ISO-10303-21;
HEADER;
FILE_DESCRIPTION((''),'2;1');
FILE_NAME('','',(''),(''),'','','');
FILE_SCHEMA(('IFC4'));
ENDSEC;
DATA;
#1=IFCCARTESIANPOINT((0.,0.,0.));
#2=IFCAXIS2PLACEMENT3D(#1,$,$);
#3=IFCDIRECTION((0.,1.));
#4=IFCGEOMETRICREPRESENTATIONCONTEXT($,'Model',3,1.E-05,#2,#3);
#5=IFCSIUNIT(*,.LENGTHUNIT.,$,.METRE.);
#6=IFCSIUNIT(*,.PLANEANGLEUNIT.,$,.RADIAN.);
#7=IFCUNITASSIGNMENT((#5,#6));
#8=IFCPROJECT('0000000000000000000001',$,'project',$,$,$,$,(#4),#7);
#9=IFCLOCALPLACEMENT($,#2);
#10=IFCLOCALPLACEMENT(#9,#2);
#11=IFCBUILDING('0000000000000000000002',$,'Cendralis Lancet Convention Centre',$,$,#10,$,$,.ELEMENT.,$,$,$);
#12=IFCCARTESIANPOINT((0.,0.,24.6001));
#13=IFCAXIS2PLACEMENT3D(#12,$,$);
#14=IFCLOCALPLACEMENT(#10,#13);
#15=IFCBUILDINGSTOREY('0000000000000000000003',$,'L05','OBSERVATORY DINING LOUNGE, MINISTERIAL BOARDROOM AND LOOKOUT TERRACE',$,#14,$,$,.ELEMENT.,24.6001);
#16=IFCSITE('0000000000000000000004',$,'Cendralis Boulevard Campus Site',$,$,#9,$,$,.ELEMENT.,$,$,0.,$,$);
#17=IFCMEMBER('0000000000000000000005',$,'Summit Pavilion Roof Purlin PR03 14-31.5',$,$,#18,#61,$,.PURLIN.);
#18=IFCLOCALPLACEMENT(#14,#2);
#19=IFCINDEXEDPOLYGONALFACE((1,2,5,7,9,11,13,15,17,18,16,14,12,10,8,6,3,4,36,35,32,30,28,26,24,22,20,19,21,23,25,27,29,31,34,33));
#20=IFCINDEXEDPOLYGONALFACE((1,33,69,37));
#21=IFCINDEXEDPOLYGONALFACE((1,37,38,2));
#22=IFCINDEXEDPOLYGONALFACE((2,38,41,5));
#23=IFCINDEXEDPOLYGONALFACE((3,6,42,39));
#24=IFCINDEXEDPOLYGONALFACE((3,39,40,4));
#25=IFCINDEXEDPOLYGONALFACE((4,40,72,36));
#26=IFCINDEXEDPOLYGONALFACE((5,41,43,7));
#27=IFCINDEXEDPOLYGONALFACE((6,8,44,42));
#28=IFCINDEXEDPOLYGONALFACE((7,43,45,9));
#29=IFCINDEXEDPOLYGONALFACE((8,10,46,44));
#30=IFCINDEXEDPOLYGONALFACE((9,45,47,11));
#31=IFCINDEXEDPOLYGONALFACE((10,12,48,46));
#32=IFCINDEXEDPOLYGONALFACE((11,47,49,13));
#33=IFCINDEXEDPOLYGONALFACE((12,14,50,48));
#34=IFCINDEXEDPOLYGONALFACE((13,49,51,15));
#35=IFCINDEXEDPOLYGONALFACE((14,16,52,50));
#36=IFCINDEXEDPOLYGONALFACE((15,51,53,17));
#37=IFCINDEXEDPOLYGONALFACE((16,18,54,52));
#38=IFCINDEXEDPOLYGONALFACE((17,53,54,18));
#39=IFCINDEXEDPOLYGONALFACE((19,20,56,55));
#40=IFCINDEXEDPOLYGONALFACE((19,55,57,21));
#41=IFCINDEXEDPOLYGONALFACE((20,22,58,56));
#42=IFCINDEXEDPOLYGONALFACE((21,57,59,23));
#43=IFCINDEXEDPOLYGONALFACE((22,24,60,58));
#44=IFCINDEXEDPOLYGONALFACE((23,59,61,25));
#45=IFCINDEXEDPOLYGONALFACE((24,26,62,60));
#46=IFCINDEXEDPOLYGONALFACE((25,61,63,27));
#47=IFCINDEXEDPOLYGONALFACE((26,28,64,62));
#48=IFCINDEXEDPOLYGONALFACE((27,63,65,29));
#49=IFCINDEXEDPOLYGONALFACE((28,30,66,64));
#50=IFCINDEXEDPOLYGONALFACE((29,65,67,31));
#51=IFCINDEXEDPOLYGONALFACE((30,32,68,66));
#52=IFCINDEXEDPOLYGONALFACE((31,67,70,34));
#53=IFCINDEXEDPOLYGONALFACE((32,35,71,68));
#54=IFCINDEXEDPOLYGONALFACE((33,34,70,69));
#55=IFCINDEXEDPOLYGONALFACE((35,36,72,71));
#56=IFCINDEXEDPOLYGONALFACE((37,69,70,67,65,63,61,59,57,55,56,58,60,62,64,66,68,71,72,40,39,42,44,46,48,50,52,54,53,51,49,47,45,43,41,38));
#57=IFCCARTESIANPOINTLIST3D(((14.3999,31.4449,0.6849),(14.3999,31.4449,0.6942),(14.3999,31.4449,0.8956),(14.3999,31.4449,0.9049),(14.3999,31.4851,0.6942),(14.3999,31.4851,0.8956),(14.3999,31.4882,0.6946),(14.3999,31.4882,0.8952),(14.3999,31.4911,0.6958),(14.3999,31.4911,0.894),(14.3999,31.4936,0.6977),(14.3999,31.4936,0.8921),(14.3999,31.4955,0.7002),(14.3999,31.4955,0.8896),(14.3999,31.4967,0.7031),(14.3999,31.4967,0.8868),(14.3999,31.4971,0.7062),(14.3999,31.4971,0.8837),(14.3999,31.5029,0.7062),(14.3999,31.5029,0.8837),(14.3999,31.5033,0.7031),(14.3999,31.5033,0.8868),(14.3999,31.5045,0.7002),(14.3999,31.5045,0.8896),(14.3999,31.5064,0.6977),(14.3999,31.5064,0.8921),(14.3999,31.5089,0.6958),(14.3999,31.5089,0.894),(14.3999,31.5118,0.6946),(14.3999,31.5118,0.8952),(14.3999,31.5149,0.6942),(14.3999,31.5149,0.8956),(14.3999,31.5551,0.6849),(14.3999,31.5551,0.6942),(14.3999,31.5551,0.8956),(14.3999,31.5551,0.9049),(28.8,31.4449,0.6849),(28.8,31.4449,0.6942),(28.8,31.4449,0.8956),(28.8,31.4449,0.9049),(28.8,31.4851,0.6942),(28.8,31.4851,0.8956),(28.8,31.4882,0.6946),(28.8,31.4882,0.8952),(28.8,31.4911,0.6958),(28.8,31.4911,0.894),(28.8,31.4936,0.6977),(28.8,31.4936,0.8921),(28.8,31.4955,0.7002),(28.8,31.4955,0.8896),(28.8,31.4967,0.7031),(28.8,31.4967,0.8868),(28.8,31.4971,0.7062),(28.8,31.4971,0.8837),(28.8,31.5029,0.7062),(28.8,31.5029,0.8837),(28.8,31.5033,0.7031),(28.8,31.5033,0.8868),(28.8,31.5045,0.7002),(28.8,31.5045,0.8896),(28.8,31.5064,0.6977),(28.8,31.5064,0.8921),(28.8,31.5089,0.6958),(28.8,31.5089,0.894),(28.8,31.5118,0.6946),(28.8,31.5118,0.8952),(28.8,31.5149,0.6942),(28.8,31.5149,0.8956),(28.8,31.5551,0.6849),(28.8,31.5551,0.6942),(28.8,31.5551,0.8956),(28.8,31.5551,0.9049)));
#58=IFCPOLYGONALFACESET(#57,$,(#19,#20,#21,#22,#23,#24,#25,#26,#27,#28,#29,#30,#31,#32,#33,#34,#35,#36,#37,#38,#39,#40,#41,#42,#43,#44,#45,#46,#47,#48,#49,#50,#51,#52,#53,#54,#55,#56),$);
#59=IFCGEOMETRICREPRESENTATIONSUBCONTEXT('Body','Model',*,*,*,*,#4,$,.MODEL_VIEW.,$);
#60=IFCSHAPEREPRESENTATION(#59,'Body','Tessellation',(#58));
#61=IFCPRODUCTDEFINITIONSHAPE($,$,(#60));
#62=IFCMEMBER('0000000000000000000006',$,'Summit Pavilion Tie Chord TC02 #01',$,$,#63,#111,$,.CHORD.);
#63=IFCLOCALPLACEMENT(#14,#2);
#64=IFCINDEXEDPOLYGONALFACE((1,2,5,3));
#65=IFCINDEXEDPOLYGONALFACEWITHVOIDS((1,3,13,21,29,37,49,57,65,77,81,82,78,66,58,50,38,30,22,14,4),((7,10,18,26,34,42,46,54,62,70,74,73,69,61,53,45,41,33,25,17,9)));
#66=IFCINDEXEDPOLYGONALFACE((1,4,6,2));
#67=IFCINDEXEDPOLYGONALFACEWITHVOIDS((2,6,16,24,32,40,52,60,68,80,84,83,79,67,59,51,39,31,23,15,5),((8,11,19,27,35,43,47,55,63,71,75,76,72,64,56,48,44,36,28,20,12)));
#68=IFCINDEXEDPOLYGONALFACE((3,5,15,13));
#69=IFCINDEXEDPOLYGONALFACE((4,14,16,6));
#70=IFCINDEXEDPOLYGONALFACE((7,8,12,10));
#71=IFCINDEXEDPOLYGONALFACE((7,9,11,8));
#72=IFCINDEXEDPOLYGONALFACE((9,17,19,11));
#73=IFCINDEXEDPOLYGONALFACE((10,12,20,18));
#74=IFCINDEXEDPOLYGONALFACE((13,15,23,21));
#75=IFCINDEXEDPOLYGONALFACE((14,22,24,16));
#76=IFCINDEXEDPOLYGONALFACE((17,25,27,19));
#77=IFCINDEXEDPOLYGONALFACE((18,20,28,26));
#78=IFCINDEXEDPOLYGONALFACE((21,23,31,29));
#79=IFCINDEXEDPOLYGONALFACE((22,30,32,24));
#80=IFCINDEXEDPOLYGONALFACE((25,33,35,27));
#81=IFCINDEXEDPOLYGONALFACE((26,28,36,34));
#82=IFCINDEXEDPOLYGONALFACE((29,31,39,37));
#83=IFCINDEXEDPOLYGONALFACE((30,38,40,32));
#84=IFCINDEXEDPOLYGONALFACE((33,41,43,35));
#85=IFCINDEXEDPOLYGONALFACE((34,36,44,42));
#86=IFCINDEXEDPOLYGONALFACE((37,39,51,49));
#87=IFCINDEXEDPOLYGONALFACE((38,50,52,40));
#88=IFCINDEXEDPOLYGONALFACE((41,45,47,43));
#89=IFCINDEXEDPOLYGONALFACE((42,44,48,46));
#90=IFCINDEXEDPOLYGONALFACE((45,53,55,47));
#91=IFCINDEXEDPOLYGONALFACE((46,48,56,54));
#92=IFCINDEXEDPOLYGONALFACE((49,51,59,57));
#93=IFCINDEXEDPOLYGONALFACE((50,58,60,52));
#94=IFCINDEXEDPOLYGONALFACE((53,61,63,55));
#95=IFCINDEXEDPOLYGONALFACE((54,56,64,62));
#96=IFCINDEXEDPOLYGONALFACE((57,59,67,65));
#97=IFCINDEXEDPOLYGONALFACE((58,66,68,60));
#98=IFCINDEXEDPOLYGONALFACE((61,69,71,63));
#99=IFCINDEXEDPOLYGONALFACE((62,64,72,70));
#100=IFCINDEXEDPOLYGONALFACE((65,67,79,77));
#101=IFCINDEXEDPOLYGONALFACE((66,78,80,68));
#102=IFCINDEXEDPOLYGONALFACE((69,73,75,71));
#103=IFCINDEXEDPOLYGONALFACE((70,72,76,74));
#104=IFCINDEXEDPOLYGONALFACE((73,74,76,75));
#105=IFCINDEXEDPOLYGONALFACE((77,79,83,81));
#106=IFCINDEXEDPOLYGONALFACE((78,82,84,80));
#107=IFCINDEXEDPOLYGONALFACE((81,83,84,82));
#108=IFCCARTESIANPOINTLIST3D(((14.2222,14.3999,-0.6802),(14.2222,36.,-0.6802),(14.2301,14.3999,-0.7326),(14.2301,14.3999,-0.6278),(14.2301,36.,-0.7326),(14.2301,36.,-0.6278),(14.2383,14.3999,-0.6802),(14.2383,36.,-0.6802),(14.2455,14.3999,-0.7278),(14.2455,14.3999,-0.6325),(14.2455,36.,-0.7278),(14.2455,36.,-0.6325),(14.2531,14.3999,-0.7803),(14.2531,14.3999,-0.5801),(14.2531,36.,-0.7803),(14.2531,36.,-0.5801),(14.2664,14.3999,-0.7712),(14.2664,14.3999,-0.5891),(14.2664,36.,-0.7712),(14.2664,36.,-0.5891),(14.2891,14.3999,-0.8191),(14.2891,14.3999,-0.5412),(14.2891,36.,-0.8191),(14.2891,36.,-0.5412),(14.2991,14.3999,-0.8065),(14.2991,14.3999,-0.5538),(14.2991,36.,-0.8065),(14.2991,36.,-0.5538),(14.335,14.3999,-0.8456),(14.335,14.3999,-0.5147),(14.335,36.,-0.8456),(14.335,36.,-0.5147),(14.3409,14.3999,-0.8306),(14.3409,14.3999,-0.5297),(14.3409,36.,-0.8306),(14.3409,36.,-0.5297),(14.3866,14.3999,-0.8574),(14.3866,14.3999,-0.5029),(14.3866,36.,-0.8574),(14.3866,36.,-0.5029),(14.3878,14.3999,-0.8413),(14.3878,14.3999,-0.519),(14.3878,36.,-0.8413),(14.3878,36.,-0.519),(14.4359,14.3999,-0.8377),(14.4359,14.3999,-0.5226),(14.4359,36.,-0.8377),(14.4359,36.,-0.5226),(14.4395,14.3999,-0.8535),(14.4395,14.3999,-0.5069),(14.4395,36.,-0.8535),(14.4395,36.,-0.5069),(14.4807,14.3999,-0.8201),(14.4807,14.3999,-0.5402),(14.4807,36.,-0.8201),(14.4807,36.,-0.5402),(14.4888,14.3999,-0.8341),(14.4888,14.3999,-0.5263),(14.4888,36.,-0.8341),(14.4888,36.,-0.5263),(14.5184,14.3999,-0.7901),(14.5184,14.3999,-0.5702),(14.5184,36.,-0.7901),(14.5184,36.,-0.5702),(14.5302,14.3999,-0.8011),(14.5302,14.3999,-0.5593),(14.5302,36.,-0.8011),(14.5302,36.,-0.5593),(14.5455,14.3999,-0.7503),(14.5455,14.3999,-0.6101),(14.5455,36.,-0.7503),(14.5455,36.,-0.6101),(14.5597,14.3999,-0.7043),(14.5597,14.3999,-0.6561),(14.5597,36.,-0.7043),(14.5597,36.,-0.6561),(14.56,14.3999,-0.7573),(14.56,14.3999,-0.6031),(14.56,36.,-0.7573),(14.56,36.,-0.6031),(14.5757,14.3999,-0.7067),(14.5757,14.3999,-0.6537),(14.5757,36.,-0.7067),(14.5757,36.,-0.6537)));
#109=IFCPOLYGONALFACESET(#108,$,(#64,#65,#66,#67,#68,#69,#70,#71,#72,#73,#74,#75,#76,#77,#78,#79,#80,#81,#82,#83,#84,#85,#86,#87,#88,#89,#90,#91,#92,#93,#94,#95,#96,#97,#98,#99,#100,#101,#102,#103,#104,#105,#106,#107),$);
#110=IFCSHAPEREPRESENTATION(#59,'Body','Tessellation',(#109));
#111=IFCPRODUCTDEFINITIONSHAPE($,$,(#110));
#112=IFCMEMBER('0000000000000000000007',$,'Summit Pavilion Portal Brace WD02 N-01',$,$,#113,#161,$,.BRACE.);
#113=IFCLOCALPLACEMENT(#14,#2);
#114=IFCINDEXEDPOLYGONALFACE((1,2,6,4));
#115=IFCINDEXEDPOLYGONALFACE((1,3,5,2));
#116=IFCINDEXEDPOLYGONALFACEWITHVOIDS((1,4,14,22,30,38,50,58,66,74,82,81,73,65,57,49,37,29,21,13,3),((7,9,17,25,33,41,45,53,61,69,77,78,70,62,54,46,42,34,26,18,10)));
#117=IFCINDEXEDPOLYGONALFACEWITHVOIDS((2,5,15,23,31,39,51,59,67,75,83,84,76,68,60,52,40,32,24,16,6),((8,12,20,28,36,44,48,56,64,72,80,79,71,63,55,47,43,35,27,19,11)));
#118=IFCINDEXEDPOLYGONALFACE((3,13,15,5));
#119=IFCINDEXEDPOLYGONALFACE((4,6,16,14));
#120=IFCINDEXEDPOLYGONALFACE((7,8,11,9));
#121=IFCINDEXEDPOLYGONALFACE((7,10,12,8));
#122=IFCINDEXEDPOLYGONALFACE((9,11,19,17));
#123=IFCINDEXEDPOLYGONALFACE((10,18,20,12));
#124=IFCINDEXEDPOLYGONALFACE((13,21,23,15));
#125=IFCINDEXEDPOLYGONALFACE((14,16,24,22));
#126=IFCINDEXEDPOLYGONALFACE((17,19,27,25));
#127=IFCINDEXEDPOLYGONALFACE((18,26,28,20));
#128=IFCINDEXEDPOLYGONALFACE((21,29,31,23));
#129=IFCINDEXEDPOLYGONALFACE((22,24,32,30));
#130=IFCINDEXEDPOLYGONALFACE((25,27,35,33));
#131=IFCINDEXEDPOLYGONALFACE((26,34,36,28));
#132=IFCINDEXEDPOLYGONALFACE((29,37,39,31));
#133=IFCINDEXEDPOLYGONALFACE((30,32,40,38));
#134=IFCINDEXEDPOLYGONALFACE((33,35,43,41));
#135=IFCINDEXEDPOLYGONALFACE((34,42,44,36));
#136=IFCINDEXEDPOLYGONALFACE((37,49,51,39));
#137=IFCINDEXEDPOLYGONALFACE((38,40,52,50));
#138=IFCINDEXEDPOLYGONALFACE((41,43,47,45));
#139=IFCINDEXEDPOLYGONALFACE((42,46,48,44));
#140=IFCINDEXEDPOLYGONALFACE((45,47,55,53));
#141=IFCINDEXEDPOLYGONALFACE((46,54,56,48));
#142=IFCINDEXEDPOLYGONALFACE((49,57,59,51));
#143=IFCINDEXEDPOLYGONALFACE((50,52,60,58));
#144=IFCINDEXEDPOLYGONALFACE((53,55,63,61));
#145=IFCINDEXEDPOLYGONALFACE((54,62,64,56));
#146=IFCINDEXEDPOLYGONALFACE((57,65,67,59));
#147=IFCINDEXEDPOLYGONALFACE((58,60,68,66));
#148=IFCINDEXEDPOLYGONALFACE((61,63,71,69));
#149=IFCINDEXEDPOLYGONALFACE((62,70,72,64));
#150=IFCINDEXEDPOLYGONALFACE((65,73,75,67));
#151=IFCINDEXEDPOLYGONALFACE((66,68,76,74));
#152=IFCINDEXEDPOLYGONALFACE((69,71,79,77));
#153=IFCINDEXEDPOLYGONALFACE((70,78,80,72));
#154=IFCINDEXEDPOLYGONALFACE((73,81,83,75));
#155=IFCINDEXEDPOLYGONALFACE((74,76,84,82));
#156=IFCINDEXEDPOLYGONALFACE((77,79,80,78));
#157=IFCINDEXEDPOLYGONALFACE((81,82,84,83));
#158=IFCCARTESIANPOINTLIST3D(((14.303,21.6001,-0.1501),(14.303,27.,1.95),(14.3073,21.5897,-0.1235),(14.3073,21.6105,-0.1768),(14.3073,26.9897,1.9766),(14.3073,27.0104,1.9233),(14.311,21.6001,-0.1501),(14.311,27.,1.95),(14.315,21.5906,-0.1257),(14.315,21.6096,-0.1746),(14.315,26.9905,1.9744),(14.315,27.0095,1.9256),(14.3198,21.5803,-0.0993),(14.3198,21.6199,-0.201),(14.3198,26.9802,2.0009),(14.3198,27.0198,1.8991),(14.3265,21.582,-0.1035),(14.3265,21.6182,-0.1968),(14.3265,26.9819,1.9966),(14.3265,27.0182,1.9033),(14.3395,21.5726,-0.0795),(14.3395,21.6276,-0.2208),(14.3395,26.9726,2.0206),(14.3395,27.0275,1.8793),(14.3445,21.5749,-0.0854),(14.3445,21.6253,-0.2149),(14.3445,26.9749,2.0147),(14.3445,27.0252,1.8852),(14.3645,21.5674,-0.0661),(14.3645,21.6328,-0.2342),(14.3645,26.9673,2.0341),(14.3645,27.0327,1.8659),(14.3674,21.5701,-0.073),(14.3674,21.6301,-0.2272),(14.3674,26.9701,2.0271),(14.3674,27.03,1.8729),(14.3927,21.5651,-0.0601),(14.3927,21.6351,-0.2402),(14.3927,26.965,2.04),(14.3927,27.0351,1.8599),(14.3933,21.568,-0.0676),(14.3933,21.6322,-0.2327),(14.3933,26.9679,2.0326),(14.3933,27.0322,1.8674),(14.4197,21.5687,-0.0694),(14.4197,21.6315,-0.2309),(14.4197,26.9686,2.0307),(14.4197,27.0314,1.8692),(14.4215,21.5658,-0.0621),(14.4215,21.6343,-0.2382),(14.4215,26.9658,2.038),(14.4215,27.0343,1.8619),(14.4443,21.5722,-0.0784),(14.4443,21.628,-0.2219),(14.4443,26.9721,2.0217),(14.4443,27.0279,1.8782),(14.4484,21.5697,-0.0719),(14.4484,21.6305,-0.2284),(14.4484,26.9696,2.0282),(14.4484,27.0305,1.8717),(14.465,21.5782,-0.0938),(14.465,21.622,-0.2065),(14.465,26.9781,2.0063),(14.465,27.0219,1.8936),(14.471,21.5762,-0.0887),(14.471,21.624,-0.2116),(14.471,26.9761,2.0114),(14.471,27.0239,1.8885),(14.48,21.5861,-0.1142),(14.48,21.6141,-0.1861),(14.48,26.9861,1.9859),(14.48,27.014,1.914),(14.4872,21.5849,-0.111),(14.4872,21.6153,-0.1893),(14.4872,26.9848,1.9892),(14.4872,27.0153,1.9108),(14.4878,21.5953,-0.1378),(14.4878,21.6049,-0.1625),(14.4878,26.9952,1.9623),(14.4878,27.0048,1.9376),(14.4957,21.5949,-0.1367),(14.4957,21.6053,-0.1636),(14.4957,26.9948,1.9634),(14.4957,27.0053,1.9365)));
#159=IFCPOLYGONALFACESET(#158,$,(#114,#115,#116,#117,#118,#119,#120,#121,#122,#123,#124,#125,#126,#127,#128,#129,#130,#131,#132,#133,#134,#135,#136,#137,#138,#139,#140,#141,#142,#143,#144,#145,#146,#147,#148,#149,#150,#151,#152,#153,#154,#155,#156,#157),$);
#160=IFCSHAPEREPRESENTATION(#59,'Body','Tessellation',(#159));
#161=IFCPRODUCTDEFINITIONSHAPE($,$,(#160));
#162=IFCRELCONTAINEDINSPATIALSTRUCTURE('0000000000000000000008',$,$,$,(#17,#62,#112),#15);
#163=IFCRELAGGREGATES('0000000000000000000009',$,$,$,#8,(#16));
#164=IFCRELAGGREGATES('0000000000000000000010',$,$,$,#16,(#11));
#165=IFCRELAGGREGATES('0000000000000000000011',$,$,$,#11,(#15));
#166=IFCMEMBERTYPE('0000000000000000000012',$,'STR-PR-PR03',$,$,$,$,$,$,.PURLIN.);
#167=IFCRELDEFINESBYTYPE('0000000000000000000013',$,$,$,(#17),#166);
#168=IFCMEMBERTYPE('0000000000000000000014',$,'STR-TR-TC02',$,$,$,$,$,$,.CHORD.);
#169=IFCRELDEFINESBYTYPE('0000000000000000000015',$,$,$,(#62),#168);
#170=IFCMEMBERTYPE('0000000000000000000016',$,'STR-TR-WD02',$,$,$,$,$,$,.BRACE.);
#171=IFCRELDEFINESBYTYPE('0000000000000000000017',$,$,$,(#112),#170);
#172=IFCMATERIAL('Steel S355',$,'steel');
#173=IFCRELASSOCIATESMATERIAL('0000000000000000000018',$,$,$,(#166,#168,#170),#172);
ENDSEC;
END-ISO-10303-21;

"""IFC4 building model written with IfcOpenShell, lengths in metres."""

from ifc_helpers import new_model, si_unit, direction, frame, origin, origin_2d, place, context, subcontext, project, spatial, hollow_circle, i_section, extrude, material, material_profile, profile_set, type_object, element, save


model = new_model("IFC4")

# Units and contexts
model_context = context("Model", 3, precision=1e-05, world=origin(), true_north=direction((0.0, 1.0)))
body_context = subcontext(model_context, "Body", "Model", "MODEL_VIEW")
ifc_project = project(units=[si_unit("LENGTHUNIT", "METRE"), si_unit("PLANEANGLEUNIT", "RADIAN")], contexts=[model_context])

# Site, building, storey
site_placement = place(None, origin())
site = spatial("IfcSite", under=ifc_project, at=site_placement, Name="Cendralis Boulevard Campus Site", CompositionType="ELEMENT", RefElevation=0.0)
building_placement = place(site_placement, origin())
building = spatial("IfcBuilding", under=site, at=building_placement, Name="Cendralis Lancet Convention Centre", CompositionType="ELEMENT")
storey_placement = place(building_placement, frame((0.0, 0.0, 24.6001)))
storey = spatial("IfcBuildingStorey", under=building, at=storey_placement, Name="L05", Description="OBSERVATORY DINING LOUNGE, MINISTERIAL BOARDROOM AND LOOKOUT TERRACE", CompositionType="ELEMENT", Elevation=24.6001)

# Shared definitions
ifc_material_1 = material(Name="Steel S355", Category="steel")

# Members
ifc_material_profile_1 = material_profile(ifc_material_1, i_section(OverallWidth=0.1101, OverallDepth=0.22, WebThickness=0.0059, FlangeThickness=0.0093, FilletRadius=0.012, at=origin_2d()), Name="IPE 220")
ifc_profile_set_1 = profile_set([ifc_material_profile_1], Name="Steel S355")
member_type_1 = type_object("IfcMemberType", Name="STR-PR-PR03", PredefinedType="PURLIN", material=ifc_profile_set_1)
for number, where, z_axis, x_axis, name in (
    (1, (14.3999, 31.5, 0.7949), (1.0, 0.0, 0.0), (0.0, 1.0, 0.0), "Summit Pavilion Roof Purlin PR03 14-31.5"),
):
    element("IfcMember", number, at=place(storey_placement, frame(where, z_axis=z_axis, x_axis=x_axis)), inside=storey, type_object=member_type_1, Name=name, PredefinedType="PURLIN", context=body_context, shape_type="SweptSolid", body=[
        extrude(i_section(OverallWidth=0.1101, OverallDepth=0.22, WebThickness=0.0059, FlangeThickness=0.0093, FilletRadius=0.012, at=origin_2d()), origin(), (0.0, 0.0, 1.0), 14.4001),
    ])
ifc_material_profile_2 = material_profile(ifc_material_1, hollow_circle(Radius=0.1777, WallThickness=0.0161, at=origin_2d()), Name="CHS 355.6x16.0")
ifc_profile_set_2 = profile_set([ifc_material_profile_2], Name="Steel S355")
member_type_2 = type_object("IfcMemberType", Name="STR-TR-TC02", PredefinedType="CHORD", material=ifc_profile_set_2)
member_1_placement = place(storey_placement, frame((14.3999, 14.3999, -0.6802), z_axis=(0.0, 1.0, 0.0), x_axis=(-1.0, 0.0, 0.0)))
element("IfcMember", 2, at=member_1_placement, inside=storey, type_object=member_type_2, Name="Summit Pavilion Tie Chord TC02 #01", PredefinedType="CHORD", context=body_context, shape_type="SweptSolid", body=[
    extrude(hollow_circle(Radius=0.1777, WallThickness=0.0161, at=origin_2d()), origin(), (0.0, 0.0, 1.0), 21.6001),
])
ifc_material_profile_3 = material_profile(ifc_material_1, hollow_circle(Radius=0.0969, WallThickness=0.0081, at=origin_2d()), Name="CHS 193.7x8.0")
ifc_profile_set_3 = profile_set([ifc_material_profile_3], Name="Steel S355")
member_type_3 = type_object("IfcMemberType", Name="STR-TR-WD02", PredefinedType="BRACE", material=ifc_profile_set_3)
member_2_placement = place(storey_placement, frame((14.3999, 21.6001, -0.1501), z_axis=(0.0, 0.931997, 0.362467), x_axis=(-1.0, 0.0, 0.0)))
element("IfcMember", 3, at=member_2_placement, inside=storey, type_object=member_type_3, Name="Summit Pavilion Portal Brace WD02 N-01", PredefinedType="BRACE", context=body_context, shape_type="SweptSolid", body=[
    extrude(hollow_circle(Radius=0.0969, WallThickness=0.0081, at=origin_2d()), origin(), (0.0, 0.0, 1.0), 5.7939),
])

save(model, "model.ifc")
